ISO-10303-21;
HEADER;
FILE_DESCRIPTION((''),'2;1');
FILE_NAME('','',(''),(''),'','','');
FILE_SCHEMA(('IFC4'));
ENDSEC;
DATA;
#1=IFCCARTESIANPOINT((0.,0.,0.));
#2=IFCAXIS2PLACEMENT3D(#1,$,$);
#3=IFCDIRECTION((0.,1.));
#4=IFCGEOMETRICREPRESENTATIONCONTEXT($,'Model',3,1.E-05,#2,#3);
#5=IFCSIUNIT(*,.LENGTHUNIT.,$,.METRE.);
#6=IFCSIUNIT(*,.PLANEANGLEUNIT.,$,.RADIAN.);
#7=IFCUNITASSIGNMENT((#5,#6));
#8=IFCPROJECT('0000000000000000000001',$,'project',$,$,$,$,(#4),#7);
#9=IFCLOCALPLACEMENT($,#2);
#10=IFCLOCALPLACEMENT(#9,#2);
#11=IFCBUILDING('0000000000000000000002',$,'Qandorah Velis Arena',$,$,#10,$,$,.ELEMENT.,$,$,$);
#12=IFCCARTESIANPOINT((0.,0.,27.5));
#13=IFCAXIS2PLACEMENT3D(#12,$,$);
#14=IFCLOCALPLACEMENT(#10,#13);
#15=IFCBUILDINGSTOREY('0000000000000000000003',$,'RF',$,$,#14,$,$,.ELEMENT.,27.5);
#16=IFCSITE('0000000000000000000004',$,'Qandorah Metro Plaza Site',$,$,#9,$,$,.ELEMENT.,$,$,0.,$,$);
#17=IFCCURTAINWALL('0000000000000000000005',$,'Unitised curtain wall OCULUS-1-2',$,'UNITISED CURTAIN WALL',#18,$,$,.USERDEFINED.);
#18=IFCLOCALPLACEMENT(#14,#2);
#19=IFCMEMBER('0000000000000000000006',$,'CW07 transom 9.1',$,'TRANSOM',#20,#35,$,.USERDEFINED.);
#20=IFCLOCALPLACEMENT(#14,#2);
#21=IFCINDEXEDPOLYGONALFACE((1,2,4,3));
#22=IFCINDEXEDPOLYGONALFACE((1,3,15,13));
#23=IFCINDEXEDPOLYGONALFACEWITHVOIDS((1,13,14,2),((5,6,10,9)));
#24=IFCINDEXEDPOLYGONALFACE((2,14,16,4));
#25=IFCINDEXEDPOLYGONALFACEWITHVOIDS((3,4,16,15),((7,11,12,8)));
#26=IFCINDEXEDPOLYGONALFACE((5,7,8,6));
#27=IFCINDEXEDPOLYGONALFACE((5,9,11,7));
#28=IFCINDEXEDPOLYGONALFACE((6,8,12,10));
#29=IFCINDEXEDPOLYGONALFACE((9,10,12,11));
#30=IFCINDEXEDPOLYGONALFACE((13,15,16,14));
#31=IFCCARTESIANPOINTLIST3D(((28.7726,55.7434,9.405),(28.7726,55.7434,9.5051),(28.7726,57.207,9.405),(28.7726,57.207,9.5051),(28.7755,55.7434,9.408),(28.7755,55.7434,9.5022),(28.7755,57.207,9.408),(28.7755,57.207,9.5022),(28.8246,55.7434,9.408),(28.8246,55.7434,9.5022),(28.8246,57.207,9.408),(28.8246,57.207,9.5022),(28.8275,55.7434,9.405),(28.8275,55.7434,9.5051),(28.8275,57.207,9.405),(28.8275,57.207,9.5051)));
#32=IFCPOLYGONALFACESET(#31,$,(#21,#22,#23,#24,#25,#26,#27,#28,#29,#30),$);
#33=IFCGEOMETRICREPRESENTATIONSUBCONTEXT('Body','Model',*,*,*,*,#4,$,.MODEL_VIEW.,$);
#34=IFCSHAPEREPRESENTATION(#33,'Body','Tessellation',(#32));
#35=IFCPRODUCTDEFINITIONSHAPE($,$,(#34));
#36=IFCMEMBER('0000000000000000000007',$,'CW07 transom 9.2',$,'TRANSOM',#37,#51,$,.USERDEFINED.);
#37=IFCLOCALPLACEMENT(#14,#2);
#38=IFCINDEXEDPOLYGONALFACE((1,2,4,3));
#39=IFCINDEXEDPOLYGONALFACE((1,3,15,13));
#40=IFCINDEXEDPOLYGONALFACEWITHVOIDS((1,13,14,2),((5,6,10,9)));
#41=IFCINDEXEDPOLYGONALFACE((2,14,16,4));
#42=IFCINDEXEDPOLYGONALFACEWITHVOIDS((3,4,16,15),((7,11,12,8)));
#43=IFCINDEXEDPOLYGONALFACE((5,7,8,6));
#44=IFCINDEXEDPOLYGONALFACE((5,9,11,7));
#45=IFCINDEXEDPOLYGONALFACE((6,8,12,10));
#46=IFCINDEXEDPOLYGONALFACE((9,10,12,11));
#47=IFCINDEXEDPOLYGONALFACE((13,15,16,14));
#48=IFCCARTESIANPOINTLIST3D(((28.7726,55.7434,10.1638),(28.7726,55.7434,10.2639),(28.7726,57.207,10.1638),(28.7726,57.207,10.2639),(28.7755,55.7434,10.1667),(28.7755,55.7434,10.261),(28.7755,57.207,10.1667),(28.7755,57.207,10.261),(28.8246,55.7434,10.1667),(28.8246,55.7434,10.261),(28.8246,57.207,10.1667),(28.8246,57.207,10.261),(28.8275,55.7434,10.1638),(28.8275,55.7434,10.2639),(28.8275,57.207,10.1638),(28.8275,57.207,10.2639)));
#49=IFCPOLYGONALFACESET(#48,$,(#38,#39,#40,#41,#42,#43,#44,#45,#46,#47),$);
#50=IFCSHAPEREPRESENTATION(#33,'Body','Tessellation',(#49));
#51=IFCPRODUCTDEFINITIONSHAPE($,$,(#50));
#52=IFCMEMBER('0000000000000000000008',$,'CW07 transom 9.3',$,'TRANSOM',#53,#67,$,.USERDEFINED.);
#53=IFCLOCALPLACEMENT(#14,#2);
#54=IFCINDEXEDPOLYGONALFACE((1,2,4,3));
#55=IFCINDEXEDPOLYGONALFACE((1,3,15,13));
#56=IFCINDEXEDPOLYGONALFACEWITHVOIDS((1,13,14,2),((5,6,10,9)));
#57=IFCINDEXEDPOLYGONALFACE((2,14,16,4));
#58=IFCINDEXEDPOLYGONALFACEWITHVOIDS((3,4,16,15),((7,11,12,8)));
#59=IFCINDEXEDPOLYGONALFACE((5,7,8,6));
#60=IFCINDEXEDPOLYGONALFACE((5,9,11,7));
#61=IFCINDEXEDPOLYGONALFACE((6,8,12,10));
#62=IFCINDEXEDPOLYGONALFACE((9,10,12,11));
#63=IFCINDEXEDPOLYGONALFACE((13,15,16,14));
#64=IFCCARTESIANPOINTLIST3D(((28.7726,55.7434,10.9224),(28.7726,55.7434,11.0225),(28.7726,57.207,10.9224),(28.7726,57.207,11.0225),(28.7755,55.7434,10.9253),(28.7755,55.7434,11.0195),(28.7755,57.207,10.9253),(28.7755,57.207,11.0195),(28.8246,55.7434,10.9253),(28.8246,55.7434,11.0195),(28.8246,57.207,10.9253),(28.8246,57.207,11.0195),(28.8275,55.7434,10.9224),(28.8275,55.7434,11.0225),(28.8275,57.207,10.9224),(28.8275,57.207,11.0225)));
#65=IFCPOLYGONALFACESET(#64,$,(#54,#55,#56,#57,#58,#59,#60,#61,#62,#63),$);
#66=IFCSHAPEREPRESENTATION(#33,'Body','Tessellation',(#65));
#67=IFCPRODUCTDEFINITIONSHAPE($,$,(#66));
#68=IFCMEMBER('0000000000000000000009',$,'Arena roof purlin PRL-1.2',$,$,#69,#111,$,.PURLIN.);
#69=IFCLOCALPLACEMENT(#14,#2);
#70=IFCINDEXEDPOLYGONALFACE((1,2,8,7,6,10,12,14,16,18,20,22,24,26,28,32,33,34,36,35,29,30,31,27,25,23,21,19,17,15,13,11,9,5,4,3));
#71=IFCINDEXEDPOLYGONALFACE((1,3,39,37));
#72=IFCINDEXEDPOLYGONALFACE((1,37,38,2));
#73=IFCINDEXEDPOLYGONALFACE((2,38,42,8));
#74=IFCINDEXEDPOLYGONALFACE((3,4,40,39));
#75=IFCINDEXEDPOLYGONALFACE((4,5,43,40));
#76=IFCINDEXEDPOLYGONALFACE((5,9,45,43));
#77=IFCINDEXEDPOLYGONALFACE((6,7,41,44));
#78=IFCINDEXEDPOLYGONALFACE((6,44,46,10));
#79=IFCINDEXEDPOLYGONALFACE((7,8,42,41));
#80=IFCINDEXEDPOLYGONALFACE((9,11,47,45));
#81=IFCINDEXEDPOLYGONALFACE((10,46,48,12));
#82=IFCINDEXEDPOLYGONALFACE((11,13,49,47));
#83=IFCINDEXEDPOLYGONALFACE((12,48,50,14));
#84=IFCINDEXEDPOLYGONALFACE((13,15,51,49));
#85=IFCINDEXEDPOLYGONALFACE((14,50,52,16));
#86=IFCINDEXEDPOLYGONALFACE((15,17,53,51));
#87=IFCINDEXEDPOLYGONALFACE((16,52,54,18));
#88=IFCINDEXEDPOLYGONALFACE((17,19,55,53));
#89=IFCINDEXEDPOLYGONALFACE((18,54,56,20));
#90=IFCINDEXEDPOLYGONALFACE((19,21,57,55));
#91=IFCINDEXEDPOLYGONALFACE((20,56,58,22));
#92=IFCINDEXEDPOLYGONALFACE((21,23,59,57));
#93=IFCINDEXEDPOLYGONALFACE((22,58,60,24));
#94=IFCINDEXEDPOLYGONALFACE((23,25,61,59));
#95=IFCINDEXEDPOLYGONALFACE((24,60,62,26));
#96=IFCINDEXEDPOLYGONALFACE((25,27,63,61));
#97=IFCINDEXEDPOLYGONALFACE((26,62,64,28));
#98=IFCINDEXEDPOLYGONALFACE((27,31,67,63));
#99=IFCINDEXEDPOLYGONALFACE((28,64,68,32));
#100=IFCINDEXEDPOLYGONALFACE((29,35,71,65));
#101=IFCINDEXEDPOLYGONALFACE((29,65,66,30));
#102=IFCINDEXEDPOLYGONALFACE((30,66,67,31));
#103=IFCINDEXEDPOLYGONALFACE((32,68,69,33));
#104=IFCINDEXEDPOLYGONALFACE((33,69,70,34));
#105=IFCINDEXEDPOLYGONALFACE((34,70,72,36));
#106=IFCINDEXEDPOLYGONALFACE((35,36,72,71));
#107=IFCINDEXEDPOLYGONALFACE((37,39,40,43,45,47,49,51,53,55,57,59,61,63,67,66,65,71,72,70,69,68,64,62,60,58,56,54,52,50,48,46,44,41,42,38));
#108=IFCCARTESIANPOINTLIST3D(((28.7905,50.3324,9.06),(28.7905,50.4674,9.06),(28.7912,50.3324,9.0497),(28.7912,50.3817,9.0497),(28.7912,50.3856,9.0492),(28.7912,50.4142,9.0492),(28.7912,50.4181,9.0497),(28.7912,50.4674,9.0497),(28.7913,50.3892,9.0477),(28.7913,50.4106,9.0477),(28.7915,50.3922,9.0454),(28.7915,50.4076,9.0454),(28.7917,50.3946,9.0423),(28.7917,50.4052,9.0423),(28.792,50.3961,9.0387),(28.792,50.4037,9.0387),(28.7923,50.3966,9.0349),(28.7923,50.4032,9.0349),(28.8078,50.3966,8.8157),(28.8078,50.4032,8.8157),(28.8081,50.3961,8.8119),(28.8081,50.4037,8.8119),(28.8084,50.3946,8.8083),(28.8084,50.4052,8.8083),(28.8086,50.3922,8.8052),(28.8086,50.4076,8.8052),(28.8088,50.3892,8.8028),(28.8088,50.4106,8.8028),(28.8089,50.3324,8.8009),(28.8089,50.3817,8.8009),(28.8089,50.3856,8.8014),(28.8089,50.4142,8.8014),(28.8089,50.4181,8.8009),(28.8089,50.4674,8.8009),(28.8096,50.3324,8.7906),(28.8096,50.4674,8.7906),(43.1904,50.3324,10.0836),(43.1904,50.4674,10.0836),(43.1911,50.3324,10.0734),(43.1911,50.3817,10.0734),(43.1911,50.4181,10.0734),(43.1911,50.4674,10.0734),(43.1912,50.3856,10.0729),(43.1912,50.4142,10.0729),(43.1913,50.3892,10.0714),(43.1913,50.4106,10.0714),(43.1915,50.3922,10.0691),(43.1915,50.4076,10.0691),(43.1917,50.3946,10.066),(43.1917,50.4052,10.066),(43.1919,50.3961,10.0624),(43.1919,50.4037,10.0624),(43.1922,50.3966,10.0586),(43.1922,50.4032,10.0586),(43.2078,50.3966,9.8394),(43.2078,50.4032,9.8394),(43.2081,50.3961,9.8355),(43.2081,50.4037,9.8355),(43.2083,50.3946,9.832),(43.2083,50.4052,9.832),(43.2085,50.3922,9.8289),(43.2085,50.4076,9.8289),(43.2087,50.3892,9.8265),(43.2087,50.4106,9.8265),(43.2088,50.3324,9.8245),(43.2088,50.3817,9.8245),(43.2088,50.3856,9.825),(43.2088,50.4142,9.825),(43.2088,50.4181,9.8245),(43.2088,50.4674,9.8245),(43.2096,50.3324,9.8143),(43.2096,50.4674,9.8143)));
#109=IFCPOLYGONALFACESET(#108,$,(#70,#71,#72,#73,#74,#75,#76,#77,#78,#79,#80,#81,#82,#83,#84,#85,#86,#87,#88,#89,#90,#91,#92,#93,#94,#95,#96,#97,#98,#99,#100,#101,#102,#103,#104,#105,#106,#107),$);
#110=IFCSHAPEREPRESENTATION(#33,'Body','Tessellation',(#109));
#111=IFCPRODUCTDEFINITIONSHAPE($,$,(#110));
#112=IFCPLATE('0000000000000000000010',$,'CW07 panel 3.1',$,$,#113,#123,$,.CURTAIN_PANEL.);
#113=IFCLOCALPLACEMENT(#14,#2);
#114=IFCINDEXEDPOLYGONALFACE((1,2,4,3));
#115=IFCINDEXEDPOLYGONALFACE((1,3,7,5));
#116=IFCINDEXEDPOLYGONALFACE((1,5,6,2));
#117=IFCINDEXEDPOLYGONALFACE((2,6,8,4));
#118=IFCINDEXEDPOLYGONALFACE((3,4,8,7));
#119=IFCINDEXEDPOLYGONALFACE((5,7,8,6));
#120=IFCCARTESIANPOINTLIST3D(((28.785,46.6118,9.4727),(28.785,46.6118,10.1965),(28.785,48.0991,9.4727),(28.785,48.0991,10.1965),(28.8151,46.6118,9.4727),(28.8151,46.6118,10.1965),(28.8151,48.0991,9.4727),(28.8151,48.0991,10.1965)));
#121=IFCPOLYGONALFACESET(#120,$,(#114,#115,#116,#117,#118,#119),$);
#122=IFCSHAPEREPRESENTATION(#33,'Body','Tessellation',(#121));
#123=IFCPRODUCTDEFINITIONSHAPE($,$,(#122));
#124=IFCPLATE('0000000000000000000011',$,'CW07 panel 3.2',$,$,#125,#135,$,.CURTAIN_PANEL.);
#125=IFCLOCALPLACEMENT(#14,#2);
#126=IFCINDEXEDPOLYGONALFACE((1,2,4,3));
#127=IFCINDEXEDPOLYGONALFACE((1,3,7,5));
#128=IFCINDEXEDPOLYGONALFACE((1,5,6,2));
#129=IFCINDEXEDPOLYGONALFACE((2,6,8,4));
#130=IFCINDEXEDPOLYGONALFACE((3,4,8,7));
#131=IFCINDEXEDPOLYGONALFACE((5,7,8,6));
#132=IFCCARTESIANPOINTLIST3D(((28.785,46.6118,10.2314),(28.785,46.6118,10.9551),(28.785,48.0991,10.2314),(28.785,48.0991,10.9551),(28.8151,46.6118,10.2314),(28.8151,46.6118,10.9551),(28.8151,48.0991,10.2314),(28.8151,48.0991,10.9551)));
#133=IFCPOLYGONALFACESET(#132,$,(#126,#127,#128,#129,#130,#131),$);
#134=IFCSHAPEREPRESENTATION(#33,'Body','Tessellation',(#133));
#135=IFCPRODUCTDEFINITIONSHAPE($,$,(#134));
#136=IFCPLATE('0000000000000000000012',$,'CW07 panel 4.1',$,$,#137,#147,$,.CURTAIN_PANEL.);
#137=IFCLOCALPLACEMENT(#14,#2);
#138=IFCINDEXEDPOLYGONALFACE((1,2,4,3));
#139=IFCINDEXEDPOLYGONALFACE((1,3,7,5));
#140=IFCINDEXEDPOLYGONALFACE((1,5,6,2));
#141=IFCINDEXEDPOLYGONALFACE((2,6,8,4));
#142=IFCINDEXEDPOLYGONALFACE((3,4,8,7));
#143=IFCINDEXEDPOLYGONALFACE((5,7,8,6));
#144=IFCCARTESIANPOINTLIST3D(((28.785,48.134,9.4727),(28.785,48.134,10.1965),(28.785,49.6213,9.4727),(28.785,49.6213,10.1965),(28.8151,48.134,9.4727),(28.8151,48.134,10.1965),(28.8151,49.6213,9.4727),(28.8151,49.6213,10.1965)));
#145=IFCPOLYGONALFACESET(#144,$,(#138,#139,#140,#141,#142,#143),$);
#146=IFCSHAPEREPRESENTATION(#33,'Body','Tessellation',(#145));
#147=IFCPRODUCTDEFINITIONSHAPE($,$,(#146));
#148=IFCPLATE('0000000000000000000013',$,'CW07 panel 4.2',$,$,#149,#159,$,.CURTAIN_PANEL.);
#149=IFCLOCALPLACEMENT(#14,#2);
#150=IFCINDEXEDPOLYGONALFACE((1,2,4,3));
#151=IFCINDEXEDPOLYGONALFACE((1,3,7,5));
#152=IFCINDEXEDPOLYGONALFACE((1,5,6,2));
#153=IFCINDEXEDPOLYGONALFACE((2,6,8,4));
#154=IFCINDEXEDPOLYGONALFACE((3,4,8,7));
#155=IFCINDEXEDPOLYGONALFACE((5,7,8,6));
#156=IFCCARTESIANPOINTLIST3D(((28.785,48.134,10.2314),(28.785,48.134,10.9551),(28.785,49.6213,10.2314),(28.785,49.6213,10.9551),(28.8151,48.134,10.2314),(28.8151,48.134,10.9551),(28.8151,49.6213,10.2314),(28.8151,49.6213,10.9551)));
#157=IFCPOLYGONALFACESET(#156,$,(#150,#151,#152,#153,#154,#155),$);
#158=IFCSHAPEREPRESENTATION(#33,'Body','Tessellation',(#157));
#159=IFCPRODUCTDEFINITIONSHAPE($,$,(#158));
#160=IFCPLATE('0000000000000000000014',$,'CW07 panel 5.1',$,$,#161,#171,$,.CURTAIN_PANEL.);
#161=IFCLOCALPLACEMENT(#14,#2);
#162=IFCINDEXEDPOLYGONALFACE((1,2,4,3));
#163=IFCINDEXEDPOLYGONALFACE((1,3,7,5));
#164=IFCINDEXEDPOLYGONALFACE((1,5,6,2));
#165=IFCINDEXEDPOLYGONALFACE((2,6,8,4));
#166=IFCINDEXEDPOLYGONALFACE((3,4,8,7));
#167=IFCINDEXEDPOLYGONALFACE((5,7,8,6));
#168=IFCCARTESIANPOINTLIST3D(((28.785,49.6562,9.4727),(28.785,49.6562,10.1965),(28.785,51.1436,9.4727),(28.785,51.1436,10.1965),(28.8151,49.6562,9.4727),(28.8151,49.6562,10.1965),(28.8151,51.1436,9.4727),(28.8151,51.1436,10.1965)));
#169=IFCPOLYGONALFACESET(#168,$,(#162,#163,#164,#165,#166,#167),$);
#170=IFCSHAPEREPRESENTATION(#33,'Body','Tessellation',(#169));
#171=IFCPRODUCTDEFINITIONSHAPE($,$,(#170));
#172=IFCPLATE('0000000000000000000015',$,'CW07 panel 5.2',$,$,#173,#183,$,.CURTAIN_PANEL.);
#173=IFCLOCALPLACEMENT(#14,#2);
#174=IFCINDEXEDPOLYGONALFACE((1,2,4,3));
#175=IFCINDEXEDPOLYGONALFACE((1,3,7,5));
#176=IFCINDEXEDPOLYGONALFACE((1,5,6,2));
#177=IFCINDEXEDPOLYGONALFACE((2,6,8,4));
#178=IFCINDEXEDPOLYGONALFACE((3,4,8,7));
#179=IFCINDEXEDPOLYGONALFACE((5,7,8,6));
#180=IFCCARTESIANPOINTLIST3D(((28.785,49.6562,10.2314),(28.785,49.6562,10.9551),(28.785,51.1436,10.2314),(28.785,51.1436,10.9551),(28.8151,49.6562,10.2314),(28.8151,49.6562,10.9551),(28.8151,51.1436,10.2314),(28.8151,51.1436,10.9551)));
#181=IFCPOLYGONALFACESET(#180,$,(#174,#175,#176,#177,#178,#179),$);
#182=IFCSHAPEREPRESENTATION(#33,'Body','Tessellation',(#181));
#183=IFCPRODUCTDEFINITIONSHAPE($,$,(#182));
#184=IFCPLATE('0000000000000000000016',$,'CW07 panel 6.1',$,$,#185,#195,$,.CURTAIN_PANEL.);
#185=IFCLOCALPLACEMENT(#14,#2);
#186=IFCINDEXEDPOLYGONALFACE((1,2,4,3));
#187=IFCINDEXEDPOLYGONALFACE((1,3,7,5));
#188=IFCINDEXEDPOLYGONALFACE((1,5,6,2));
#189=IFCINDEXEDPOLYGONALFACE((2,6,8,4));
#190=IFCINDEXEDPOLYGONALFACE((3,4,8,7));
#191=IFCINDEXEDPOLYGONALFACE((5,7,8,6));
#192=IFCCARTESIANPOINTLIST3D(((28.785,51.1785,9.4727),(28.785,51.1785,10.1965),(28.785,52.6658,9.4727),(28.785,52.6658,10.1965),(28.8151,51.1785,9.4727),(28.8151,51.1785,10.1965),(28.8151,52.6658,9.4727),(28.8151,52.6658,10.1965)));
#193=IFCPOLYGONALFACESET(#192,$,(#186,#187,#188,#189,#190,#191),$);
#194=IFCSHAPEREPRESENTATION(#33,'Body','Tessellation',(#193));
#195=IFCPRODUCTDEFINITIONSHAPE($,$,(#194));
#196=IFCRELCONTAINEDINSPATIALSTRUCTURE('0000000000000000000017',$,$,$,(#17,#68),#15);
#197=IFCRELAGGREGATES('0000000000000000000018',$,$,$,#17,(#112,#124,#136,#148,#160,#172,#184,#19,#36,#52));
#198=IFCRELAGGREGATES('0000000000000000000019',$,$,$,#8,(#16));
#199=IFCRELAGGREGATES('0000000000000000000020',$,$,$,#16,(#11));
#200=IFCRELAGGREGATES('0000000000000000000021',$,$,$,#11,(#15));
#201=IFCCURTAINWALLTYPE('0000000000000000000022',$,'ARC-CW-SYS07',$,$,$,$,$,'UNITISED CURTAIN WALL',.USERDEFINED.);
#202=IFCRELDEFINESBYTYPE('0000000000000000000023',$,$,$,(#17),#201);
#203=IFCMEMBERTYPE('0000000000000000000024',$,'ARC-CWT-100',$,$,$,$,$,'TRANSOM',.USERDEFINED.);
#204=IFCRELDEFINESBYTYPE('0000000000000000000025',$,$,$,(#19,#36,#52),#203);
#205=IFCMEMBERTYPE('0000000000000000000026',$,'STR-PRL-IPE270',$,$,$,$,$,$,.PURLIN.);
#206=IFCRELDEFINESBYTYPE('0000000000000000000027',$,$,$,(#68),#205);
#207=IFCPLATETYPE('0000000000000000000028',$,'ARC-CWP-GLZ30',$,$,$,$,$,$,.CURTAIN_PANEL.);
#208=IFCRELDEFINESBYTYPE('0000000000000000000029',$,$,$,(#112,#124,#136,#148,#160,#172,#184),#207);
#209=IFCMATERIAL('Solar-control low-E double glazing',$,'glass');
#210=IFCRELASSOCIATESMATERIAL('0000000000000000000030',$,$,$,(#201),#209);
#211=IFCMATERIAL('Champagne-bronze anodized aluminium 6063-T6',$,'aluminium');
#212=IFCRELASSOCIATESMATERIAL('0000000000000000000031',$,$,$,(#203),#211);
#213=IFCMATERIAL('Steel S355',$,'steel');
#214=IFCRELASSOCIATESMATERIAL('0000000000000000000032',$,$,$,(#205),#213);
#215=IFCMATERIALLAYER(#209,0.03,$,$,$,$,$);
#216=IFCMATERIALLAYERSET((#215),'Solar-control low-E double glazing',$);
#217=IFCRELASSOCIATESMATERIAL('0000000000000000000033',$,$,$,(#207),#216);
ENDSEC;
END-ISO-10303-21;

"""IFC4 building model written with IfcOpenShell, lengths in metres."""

from ifc_helpers import new_model, si_unit, direction, frame, origin, origin_2d, place, context, subcontext, project, spatial, rectangle, hollow_rectangle, i_section, extrude, material, layer, layer_set, material_profile, profile_set, type_object, element, aggregate, save


model = new_model("IFC4")

# Units and contexts
model_context = context("Model", 3, precision=1e-05, world=origin(), true_north=direction((0.0, 1.0)))
body_context = subcontext(model_context, "Body", "Model", "MODEL_VIEW")
ifc_project = project(units=[si_unit("LENGTHUNIT", "METRE"), si_unit("PLANEANGLEUNIT", "RADIAN")], contexts=[model_context])

# Site, building, storey
site_placement = place(None, origin())
site = spatial("IfcSite", under=ifc_project, at=site_placement, Name="Qandorah Metro Plaza Site", CompositionType="ELEMENT", RefElevation=0.0)
building_placement = place(site_placement, origin())
building = spatial("IfcBuilding", under=site, at=building_placement, Name="Qandorah Velis Arena", CompositionType="ELEMENT")
storey_placement = place(building_placement, frame((0.0, 0.0, 27.5)))
storey = spatial("IfcBuildingStorey", under=building, at=storey_placement, Name="RF", CompositionType="ELEMENT", Elevation=27.5)

# Curtain wall, members
ifc_material_1 = material(Name="Solar-control low-E double glazing", Category="glass")
curtain_wall_type = type_object("IfcCurtainWallType", Name="ARC-CW-SYS07", ElementType="UNITISED CURTAIN WALL", PredefinedType="USERDEFINED", material=ifc_material_1)
curtain_wall_placement = place(storey_placement, origin())
curtain_wall = element("IfcCurtainWall", 1, at=curtain_wall_placement, inside=storey, type_object=curtain_wall_type, Name="Unitised curtain wall OCULUS-1-2", ObjectType="UNITISED CURTAIN WALL", PredefinedType="USERDEFINED")
ifc_material_2 = material(Name="Champagne-bronze anodized aluminium 6063-T6", Category="aluminium")
ifc_material_profile_1 = material_profile(ifc_material_2, hollow_rectangle(XDim=0.0549, YDim=0.1001, WallThickness=0.0029, at=origin_2d()), Name="ALU TRANSOM 55x100")
ifc_profile_set_1 = profile_set([ifc_material_profile_1], Name="Champagne-bronze anodized aluminium 6063-T6")
member_type_1 = type_object("IfcMemberType", Name="ARC-CWT-100", ElementType="TRANSOM", PredefinedType="USERDEFINED", material=ifc_profile_set_1)
member_1_placement = place(storey_placement, frame((28.8, 55.7434, 9.4551), z_axis=(0.0, 1.0, 0.0), x_axis=(-1.0, 0.0, 0.0)))
member_1 = element("IfcMember", 2, at=member_1_placement, type_object=member_type_1, Name="CW07 transom 9.1", ObjectType="TRANSOM", PredefinedType="USERDEFINED", context=body_context, shape_type="SweptSolid", body=[
    extrude(hollow_rectangle(XDim=0.0549, YDim=0.1001, WallThickness=0.0029, at=origin_2d()), origin(), (0.0, 0.0, 1.0), 1.4636),
])
member_2_placement = place(storey_placement, frame((28.8, 55.7434, 10.2139), z_axis=(0.0, 1.0, 0.0), x_axis=(-1.0, 0.0, 0.0)))
member_2 = element("IfcMember", 3, at=member_2_placement, type_object=member_type_1, Name="CW07 transom 9.2", ObjectType="TRANSOM", PredefinedType="USERDEFINED", context=body_context, shape_type="SweptSolid", body=[
    extrude(hollow_rectangle(XDim=0.0549, YDim=0.1001, WallThickness=0.0029, at=origin_2d()), origin(), (0.0, 0.0, 1.0), 1.4636),
])
member_3_placement = place(storey_placement, frame((28.8, 55.7434, 10.9724), z_axis=(0.0, 1.0, 0.0), x_axis=(-1.0, 0.0, 0.0)))
member_3 = element("IfcMember", 4, at=member_3_placement, type_object=member_type_1, Name="CW07 transom 9.3", ObjectType="TRANSOM", PredefinedType="USERDEFINED", context=body_context, shape_type="SweptSolid", body=[
    extrude(hollow_rectangle(XDim=0.0549, YDim=0.1001, WallThickness=0.0029, at=origin_2d()), origin(), (0.0, 0.0, 1.0), 1.4636),
])

# Member
ifc_material_3 = material(Name="Steel S355", Category="steel")
ifc_material_profile_2 = material_profile(ifc_material_3, i_section(OverallWidth=0.135, OverallDepth=0.27, WebThickness=0.0066, FlangeThickness=0.0103, FilletRadius=0.0149, at=origin_2d()), Name="IPE 270")
ifc_profile_set_2 = profile_set([ifc_material_profile_2], Name="Steel S355")
member_type_2 = type_object("IfcMemberType", Name="STR-PRL-IPE270", PredefinedType="PURLIN", material=ifc_profile_set_2)
member_4_placement = place(storey_placement, frame((28.8, 50.3999, 8.9253), z_axis=(0.997483, 0.0, 0.070911), x_axis=(0.0, 1.0, 0.0)))
element("IfcMember", 5, at=member_4_placement, inside=storey, type_object=member_type_2, Name="Arena roof purlin PRL-1.2", PredefinedType="PURLIN", context=body_context, shape_type="SweptSolid", body=[
    extrude(i_section(OverallWidth=0.135, OverallDepth=0.27, WebThickness=0.0066, FlangeThickness=0.0103, FilletRadius=0.0149, at=origin_2d()), origin(), (0.0, 0.0, 1.0), 14.4363),
])

# Plates
ifc_layer = layer(ifc_material_1, 0.03)
ifc_layer_set = layer_set([ifc_layer], Name="Solar-control low-E double glazing")
plate_type = type_object("IfcPlateType", Name="ARC-CWP-GLZ30", PredefinedType="CURTAIN_PANEL", material=ifc_layer_set)
plate_1_placement = place(storey_placement, frame((28.8, 47.3555, 9.4727), z_axis=(0.0, 0.0, 1.0), x_axis=(0.0, 1.0, 0.0)))
plate_1 = element("IfcPlate", 6, at=plate_1_placement, type_object=plate_type, Name="CW07 panel 3.1", PredefinedType="CURTAIN_PANEL", context=body_context, shape_type="SweptSolid", body=[
    extrude(rectangle(XDim=1.4873, YDim=0.03, at=origin_2d()), origin(), (0.0, 0.0, 1.0), 0.7239),
])
plate_2_placement = place(storey_placement, frame((28.8, 47.3555, 10.2314), z_axis=(0.0, 0.0, 1.0), x_axis=(0.0, 1.0, 0.0)))
plate_2 = element("IfcPlate", 7, at=plate_2_placement, type_object=plate_type, Name="CW07 panel 3.2", PredefinedType="CURTAIN_PANEL", context=body_context, shape_type="SweptSolid", body=[
    extrude(rectangle(XDim=1.4873, YDim=0.03, at=origin_2d()), origin(), (0.0, 0.0, 1.0), 0.7236),
])
plate_3_placement = place(storey_placement, frame((28.8, 48.8777, 9.4727), z_axis=(0.0, 0.0, 1.0), x_axis=(0.0, 1.0, 0.0)))
plate_3 = element("IfcPlate", 8, at=plate_3_placement, type_object=plate_type, Name="CW07 panel 4.1", PredefinedType="CURTAIN_PANEL", context=body_context, shape_type="SweptSolid", body=[
    extrude(rectangle(XDim=1.4873, YDim=0.03, at=origin_2d()), origin(), (0.0, 0.0, 1.0), 0.7239),
])
plate_4_placement = place(storey_placement, frame((28.8, 48.8777, 10.2314), z_axis=(0.0, 0.0, 1.0), x_axis=(0.0, 1.0, 0.0)))
plate_4 = element("IfcPlate", 9, at=plate_4_placement, type_object=plate_type, Name="CW07 panel 4.2", PredefinedType="CURTAIN_PANEL", context=body_context, shape_type="SweptSolid", body=[
    extrude(rectangle(XDim=1.4873, YDim=0.03, at=origin_2d()), origin(), (0.0, 0.0, 1.0), 0.7236),
])
plate_5_placement = place(storey_placement, frame((28.8, 50.3999, 9.4727), z_axis=(0.0, 0.0, 1.0), x_axis=(0.0, 1.0, 0.0)))
plate_5 = element("IfcPlate", 10, at=plate_5_placement, type_object=plate_type, Name="CW07 panel 5.1", PredefinedType="CURTAIN_PANEL", context=body_context, shape_type="SweptSolid", body=[
    extrude(rectangle(XDim=1.4873, YDim=0.03, at=origin_2d()), origin(), (0.0, 0.0, 1.0), 0.7239),
])
plate_6_placement = place(storey_placement, frame((28.8, 50.3999, 10.2314), z_axis=(0.0, 0.0, 1.0), x_axis=(0.0, 1.0, 0.0)))
plate_6 = element("IfcPlate", 11, at=plate_6_placement, type_object=plate_type, Name="CW07 panel 5.2", PredefinedType="CURTAIN_PANEL", context=body_context, shape_type="SweptSolid", body=[
    extrude(rectangle(XDim=1.4873, YDim=0.03, at=origin_2d()), origin(), (0.0, 0.0, 1.0), 0.7236),
])
plate_7_placement = place(storey_placement, frame((28.8, 51.9221, 9.4727), z_axis=(0.0, 0.0, 1.0), x_axis=(0.0, 1.0, 0.0)))
plate_7 = element("IfcPlate", 12, at=plate_7_placement, type_object=plate_type, Name="CW07 panel 6.1", PredefinedType="CURTAIN_PANEL", context=body_context, shape_type="SweptSolid", body=[
    extrude(rectangle(XDim=1.4873, YDim=0.03, at=origin_2d()), origin(), (0.0, 0.0, 1.0), 0.7239),
])
aggregate(curtain_wall, [plate_1, plate_2, plate_3, plate_4, plate_5, plate_6, plate_7, member_1, member_2, member_3])

save(model, "model.ifc")
